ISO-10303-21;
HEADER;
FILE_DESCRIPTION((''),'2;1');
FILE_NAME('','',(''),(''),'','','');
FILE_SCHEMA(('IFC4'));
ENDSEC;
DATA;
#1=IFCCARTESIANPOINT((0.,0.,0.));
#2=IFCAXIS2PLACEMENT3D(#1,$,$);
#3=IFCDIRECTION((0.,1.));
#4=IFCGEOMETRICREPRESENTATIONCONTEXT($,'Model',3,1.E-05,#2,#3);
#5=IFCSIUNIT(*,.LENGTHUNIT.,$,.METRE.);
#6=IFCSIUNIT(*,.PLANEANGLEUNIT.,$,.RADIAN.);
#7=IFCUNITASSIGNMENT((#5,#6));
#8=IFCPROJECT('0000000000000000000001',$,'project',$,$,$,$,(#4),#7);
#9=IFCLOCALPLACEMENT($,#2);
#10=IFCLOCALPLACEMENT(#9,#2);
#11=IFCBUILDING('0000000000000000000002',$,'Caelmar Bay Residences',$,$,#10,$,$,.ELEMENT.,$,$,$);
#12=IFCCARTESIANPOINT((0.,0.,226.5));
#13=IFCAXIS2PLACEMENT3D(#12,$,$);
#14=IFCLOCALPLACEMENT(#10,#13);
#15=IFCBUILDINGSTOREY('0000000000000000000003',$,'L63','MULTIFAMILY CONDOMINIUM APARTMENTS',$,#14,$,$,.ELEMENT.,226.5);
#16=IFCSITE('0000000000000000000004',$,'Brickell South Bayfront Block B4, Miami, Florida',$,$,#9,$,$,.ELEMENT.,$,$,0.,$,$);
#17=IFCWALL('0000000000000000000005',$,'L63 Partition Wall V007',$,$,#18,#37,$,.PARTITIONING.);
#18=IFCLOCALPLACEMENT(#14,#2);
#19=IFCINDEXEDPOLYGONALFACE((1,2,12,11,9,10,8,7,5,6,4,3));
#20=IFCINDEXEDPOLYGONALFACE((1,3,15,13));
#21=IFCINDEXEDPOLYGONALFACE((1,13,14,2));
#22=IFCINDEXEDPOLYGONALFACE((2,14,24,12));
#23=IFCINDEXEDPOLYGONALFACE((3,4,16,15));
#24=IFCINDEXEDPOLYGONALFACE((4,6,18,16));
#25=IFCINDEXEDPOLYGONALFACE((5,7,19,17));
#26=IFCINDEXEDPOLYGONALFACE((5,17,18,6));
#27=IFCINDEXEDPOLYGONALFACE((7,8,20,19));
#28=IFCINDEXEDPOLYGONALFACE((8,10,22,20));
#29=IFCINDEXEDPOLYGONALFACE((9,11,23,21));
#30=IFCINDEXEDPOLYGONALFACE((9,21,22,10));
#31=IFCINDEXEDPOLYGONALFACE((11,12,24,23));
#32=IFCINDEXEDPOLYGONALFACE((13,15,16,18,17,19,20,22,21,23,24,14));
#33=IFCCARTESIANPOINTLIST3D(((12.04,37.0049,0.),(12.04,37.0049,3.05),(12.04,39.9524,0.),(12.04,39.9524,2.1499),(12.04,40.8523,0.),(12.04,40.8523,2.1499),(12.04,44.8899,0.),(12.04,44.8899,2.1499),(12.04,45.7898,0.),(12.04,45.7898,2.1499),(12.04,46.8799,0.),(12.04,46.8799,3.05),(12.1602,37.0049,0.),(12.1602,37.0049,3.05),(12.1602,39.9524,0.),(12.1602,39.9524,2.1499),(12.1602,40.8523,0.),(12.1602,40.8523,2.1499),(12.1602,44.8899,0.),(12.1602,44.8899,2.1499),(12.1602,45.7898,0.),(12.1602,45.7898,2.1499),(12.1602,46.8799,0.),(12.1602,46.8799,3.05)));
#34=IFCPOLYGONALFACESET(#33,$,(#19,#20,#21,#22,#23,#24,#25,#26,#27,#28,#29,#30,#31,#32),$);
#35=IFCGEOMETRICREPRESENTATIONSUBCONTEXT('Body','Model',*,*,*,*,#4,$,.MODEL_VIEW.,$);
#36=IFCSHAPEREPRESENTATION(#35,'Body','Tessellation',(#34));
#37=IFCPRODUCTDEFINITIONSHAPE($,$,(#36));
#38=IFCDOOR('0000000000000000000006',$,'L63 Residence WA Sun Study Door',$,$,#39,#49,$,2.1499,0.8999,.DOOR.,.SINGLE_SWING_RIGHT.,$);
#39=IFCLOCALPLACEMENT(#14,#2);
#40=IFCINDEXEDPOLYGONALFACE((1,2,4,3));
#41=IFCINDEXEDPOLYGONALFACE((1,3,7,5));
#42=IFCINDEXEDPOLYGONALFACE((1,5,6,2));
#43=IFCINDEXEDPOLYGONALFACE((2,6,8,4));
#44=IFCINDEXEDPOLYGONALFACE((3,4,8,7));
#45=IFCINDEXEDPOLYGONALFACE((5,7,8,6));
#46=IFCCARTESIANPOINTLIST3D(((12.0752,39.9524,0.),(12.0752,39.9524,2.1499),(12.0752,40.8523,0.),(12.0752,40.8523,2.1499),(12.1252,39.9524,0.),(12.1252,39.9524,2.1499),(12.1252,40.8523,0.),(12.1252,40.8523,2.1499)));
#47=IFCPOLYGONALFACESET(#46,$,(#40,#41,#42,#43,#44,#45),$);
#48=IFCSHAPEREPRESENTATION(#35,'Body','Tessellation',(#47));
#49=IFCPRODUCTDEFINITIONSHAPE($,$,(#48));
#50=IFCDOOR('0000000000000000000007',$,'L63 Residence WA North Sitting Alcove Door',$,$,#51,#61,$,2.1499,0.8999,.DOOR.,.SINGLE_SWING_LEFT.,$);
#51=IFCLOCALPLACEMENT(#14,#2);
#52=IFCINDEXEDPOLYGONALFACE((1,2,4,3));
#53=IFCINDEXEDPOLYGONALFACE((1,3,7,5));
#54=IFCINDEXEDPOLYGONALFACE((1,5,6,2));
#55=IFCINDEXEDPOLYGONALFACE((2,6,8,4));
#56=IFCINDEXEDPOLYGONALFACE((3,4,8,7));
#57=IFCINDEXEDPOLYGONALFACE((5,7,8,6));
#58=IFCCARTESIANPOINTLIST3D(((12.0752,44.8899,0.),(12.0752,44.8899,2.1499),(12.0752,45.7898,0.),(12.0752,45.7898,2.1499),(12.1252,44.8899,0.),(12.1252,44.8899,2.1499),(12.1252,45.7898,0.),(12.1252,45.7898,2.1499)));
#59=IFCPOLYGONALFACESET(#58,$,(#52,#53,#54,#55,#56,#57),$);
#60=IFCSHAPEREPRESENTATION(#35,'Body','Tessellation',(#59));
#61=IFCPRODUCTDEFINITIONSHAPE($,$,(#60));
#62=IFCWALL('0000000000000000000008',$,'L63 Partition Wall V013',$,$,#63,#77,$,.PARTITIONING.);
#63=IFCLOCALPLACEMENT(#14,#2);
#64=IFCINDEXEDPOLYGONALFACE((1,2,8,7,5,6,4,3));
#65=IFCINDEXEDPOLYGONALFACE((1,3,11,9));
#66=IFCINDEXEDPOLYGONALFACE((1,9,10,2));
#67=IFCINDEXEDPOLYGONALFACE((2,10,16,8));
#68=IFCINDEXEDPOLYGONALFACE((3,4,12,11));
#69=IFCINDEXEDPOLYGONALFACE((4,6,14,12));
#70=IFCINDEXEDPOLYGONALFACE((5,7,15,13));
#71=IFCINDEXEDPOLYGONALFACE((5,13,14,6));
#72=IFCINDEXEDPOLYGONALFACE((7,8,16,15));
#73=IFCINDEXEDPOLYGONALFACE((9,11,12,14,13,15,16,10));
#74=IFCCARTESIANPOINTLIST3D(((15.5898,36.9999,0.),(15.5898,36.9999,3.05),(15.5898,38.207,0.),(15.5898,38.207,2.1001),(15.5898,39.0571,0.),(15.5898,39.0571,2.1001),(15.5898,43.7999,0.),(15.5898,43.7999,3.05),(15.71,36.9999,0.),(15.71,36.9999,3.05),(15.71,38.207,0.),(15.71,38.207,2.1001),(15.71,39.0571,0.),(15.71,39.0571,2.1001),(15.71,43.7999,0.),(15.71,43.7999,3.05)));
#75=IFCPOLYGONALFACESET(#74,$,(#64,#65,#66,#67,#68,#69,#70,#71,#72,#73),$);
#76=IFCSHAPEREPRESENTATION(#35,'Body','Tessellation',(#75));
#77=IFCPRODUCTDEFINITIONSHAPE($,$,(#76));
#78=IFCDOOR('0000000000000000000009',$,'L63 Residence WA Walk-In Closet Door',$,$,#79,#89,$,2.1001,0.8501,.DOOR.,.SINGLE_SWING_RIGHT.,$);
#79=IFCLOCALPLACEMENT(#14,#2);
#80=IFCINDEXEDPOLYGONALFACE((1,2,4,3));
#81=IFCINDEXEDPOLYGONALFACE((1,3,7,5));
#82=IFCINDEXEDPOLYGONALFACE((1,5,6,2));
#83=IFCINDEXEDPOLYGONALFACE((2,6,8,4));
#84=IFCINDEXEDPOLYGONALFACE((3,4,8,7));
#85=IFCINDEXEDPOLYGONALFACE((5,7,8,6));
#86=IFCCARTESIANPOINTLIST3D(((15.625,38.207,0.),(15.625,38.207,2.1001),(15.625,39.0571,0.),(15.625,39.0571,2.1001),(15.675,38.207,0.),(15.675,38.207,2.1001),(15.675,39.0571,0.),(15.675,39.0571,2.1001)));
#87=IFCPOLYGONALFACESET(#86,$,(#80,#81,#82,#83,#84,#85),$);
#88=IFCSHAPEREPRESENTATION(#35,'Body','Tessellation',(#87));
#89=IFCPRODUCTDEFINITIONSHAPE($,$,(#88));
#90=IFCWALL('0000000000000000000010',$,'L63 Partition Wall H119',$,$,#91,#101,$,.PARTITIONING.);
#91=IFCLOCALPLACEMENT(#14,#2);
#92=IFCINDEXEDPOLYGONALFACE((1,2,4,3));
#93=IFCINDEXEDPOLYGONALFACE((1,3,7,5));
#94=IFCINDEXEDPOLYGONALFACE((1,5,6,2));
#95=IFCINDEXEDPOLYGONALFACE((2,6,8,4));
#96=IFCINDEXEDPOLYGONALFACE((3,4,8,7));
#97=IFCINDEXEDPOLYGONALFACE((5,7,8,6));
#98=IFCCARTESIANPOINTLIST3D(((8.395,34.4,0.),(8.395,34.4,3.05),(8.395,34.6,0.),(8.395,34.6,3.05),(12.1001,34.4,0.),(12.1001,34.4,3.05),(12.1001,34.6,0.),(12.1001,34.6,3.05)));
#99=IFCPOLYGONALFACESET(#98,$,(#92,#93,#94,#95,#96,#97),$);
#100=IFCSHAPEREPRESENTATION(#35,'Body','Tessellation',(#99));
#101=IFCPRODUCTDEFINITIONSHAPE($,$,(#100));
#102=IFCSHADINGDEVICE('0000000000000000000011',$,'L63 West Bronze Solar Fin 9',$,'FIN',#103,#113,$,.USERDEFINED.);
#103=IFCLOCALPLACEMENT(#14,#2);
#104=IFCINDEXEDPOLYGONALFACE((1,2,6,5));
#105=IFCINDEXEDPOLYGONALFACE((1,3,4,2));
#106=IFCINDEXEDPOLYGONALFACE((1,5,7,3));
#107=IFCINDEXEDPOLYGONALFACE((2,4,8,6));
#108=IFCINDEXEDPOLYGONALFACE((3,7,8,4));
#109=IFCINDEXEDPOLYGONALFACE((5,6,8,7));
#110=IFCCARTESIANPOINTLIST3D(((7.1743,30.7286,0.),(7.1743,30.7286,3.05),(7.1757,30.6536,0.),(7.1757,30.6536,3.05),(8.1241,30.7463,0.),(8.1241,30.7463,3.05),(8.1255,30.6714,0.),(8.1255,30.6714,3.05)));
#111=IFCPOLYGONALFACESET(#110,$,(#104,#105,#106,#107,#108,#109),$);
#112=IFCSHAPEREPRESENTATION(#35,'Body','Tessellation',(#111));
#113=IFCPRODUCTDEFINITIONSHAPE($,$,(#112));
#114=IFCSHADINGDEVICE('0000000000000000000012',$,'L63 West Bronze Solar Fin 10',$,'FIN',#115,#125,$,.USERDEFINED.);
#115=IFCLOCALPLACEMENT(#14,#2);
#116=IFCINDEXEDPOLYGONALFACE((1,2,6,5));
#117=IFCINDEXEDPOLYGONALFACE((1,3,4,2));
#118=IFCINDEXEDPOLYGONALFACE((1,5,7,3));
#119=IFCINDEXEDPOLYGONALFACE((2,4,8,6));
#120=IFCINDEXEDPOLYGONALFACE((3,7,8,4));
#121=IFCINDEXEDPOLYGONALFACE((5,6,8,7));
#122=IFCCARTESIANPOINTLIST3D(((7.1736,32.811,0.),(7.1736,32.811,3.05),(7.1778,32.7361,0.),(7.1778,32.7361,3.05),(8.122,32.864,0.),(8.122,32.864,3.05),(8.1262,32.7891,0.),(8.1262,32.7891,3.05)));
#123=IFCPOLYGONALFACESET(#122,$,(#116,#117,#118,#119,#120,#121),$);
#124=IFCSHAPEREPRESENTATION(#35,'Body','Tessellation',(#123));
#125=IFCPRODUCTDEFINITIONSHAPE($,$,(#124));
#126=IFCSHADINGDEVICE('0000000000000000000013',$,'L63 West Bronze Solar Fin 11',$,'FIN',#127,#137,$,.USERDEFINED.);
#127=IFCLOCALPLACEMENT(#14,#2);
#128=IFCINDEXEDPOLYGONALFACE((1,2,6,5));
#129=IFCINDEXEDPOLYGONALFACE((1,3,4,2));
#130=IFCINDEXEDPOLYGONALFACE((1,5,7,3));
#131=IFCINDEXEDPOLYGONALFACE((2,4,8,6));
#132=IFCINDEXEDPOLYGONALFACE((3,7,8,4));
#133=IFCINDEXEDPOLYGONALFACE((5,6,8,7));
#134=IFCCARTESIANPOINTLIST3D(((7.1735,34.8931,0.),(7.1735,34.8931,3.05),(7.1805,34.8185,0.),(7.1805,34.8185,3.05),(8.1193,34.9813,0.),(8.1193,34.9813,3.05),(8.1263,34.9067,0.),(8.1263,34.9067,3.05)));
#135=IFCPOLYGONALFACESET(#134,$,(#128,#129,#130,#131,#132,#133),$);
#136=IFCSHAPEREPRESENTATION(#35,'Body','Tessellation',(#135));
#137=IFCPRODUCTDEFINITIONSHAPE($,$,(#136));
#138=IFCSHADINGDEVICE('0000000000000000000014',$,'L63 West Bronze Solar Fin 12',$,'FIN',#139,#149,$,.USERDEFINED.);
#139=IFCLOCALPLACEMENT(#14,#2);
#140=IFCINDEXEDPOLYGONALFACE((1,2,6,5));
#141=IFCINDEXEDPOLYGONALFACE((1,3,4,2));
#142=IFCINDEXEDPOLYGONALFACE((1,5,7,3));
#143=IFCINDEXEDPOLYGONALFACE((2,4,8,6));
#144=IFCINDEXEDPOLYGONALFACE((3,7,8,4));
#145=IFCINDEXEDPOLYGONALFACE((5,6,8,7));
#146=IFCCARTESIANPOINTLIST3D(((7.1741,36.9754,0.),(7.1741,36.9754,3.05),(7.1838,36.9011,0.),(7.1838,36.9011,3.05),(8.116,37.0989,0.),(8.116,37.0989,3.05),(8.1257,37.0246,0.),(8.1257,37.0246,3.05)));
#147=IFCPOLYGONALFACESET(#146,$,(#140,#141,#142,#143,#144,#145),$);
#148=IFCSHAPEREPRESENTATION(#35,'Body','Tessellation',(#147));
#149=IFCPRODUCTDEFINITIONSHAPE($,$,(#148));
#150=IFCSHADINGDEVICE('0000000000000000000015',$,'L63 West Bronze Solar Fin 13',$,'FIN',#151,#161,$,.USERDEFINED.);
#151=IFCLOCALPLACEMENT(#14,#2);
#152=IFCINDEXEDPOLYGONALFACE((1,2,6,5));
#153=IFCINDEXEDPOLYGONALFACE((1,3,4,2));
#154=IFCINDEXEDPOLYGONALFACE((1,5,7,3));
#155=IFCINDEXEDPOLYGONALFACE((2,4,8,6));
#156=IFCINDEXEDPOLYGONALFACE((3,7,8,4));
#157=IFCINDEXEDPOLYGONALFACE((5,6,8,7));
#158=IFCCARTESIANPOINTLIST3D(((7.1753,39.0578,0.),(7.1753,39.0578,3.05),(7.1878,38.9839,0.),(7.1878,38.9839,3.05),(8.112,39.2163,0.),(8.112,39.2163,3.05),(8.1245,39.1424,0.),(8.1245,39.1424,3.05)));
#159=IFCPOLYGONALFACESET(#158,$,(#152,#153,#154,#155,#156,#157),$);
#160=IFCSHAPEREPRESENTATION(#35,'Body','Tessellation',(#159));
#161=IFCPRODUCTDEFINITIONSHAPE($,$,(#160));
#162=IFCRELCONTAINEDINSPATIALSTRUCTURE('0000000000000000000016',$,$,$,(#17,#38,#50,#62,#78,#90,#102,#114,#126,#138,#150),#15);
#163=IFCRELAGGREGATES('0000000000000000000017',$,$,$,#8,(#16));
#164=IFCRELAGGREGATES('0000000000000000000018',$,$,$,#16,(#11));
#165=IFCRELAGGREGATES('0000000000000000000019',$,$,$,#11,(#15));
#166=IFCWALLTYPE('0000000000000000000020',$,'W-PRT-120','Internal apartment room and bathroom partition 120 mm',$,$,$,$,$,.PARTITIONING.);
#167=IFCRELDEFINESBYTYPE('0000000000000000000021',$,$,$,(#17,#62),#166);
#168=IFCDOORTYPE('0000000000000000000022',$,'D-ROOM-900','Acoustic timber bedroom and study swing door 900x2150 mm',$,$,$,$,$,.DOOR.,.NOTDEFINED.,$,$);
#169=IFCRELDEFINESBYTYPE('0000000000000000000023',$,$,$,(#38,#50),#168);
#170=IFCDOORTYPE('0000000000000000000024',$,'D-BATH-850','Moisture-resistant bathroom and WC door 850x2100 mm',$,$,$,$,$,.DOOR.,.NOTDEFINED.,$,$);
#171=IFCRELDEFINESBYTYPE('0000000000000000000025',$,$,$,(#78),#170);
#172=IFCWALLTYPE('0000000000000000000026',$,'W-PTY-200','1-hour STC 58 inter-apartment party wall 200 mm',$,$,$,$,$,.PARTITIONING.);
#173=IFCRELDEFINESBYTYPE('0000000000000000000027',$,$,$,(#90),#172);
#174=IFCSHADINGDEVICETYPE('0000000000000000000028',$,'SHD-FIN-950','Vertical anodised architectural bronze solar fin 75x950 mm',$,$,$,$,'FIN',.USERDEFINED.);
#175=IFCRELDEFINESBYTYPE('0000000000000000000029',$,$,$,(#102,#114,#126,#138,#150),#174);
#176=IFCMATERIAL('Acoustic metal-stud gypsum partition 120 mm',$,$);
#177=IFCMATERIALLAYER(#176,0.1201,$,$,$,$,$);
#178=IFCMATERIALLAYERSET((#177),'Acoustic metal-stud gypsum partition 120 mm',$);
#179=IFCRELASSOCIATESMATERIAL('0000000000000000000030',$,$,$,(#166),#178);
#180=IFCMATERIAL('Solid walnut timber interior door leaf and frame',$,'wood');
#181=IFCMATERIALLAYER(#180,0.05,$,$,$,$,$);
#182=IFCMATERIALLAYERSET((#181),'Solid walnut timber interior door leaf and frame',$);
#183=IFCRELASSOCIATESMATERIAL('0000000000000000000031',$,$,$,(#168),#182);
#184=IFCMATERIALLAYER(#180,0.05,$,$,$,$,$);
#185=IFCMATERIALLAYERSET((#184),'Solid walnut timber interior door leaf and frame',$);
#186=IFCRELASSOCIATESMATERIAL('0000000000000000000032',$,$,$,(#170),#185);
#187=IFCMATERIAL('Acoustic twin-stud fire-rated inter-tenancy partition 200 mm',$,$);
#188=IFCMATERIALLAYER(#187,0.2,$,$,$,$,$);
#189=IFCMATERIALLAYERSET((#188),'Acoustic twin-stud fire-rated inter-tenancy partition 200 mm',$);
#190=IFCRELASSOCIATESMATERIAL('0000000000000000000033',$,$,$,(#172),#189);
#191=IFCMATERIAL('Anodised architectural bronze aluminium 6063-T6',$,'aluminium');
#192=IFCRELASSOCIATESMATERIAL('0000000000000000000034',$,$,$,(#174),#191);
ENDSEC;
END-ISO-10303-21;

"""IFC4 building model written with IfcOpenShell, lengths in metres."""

from ifc_helpers import new_model, si_unit, direction, frame, frame_2d, origin, origin_2d, place, context, subcontext, project, spatial, rectangle, extrude, material, layer, layer_set, material_profile, profile_set, type_object, element, fill, save


model = new_model("IFC4")

# Units and contexts
model_context = context("Model", 3, precision=1e-05, world=origin(), true_north=direction((0.0, 1.0)))
body_context = subcontext(model_context, "Body", "Model", "MODEL_VIEW")
ifc_project = project(units=[si_unit("LENGTHUNIT", "METRE"), si_unit("PLANEANGLEUNIT", "RADIAN")], contexts=[model_context])

# Site, building, storey
site_placement = place(None, origin())
site = spatial("IfcSite", under=ifc_project, at=site_placement, Name="Brickell South Bayfront Block B4, Miami, Florida", CompositionType="ELEMENT", RefElevation=0.0)
building_placement = place(site_placement, origin())
building = spatial("IfcBuilding", under=site, at=building_placement, Name="Caelmar Bay Residences", CompositionType="ELEMENT")
storey_placement = place(building_placement, frame((0.0, 0.0, 226.5)))
storey = spatial("IfcBuildingStorey", under=building, at=storey_placement, Name="L63", Description="MULTIFAMILY CONDOMINIUM APARTMENTS", CompositionType="ELEMENT", Elevation=226.5)

# Wall, openings, doors
ifc_material_1 = material(Name="Acoustic metal-stud gypsum partition 120 mm")
ifc_layer_1 = layer(ifc_material_1, 0.1201)
ifc_layer_set_1 = layer_set([ifc_layer_1], Name="Acoustic metal-stud gypsum partition 120 mm")
wall_type_1 = type_object("IfcWallType", Name="W-PRT-120", Description="Internal apartment room and bathroom partition 120 mm", PredefinedType="PARTITIONING", material=ifc_layer_set_1)
wall_1_placement = place(storey_placement, frame((12.1001, 37.0049, 0.0), z_axis=(0.0, 0.0, 1.0), x_axis=(0.0, 1.0, 0.0)))
wall_1 = element("IfcWall", 1, at=wall_1_placement, inside=storey, type_object=wall_type_1, Name="L63 Partition Wall V007", PredefinedType="PARTITIONING", context=body_context, shape_type="SweptSolid", body=[
    extrude(rectangle(XDim=9.875, YDim=0.1201, at=frame_2d((4.9375, 0.0))), origin(), (0.0, 0.0, 1.0), 3.05),
])
opening_1_placement = place(wall_1_placement, frame((2.9475, 0.0, 0.0)))
opening_1 = element("IfcOpeningElement", 2, at=opening_1_placement, cuts=wall_1, PredefinedType="OPENING", context=body_context, shape_type="SweptSolid", body=[
    extrude(rectangle(XDim=0.8999, YDim=2.1499, at=frame_2d((0.45, 1.075))), frame((0.0, 0.0701, 0.0), z_axis=(0.0, -1.0, 0.0), x_axis=(1.0, 0.0, 0.0)), (0.0, 0.0, 1.0), 0.1401),
])
opening_2_placement = place(wall_1_placement, frame((7.885, 0.0, 0.0)))
opening_2 = element("IfcOpeningElement", 3, at=opening_2_placement, cuts=wall_1, PredefinedType="OPENING", context=body_context, shape_type="SweptSolid", body=[
    extrude(rectangle(XDim=0.8999, YDim=2.1499, at=frame_2d((0.45, 1.075))), frame((0.0, 0.0701, 0.0), z_axis=(0.0, -1.0, 0.0), x_axis=(1.0, 0.0, 0.0)), (0.0, 0.0, 1.0), 0.1401),
])
ifc_material_2 = material(Name="Solid walnut timber interior door leaf and frame", Category="wood")
ifc_layer_2 = layer(ifc_material_2, 0.05)
ifc_layer_set_2 = layer_set([ifc_layer_2], Name="Solid walnut timber interior door leaf and frame")
door_type_1 = type_object("IfcDoorType", Name="D-ROOM-900", Description="Acoustic timber bedroom and study swing door 900x2150 mm", OperationType="NOTDEFINED", PredefinedType="DOOR", material=ifc_layer_set_2)
door_1_placement = place(opening_1_placement, origin())
door_1 = element("IfcDoor", 4, at=door_1_placement, inside=storey, type_object=door_type_1, Name="L63 Residence WA Sun Study Door", OperationType="SINGLE_SWING_RIGHT", OverallHeight=2.1499, OverallWidth=0.8999, PredefinedType="DOOR", context=body_context, shape_type="SweptSolid", body=[
    extrude(rectangle(XDim=0.8999, YDim=2.1499, at=frame_2d((0.45, 1.075))), frame((0.0, 0.0249, 0.0), z_axis=(0.0, -1.0, 0.0), x_axis=(1.0, 0.0, 0.0)), (0.0, 0.0, 1.0), 0.05),
])
fill(opening_1, door_1)
door_2_placement = place(opening_2_placement, origin())
door_2 = element("IfcDoor", 5, at=door_2_placement, inside=storey, type_object=door_type_1, Name="L63 Residence WA North Sitting Alcove Door", OperationType="SINGLE_SWING_LEFT", OverallHeight=2.1499, OverallWidth=0.8999, PredefinedType="DOOR", context=body_context, shape_type="SweptSolid", body=[
    extrude(rectangle(XDim=0.8999, YDim=2.1499, at=frame_2d((0.45, 1.075))), frame((0.0, 0.0249, 0.0), z_axis=(0.0, -1.0, 0.0), x_axis=(1.0, 0.0, 0.0)), (0.0, 0.0, 1.0), 0.05),
])
fill(opening_2, door_2)

# Wall, opening, door
wall_2_placement = place(storey_placement, frame((15.6499, 37.0, 0.0), z_axis=(0.0, 0.0, 1.0), x_axis=(0.0, 1.0, 0.0)))
wall_2 = element("IfcWall", 6, at=wall_2_placement, inside=storey, type_object=wall_type_1, Name="L63 Partition Wall V013", PredefinedType="PARTITIONING", context=body_context, shape_type="SweptSolid", body=[
    extrude(rectangle(XDim=6.8, YDim=0.1201, at=frame_2d((3.3999, 0.0))), origin(), (0.0, 0.0, 1.0), 3.05),
])
opening_3_placement = place(wall_2_placement, frame((1.207, 0.0, 0.0)))
opening_3 = element("IfcOpeningElement", 7, at=opening_3_placement, cuts=wall_2, PredefinedType="OPENING", context=body_context, shape_type="SweptSolid", body=[
    extrude(rectangle(XDim=0.8501, YDim=2.1001, at=frame_2d((0.425, 1.05))), frame((0.0, 0.0701, 0.0), z_axis=(0.0, -1.0, 0.0), x_axis=(1.0, 0.0, 0.0)), (0.0, 0.0, 1.0), 0.1401),
])
ifc_layer_3 = layer(ifc_material_2, 0.05)
ifc_layer_set_3 = layer_set([ifc_layer_3], Name="Solid walnut timber interior door leaf and frame")
door_type_2 = type_object("IfcDoorType", Name="D-BATH-850", Description="Moisture-resistant bathroom and WC door 850x2100 mm", OperationType="NOTDEFINED", PredefinedType="DOOR", material=ifc_layer_set_3)
door_3_placement = place(opening_3_placement, origin())
door_3 = element("IfcDoor", 8, at=door_3_placement, inside=storey, type_object=door_type_2, Name="L63 Residence WA Walk-In Closet Door", OperationType="SINGLE_SWING_RIGHT", OverallHeight=2.1001, OverallWidth=0.8501, PredefinedType="DOOR", context=body_context, shape_type="SweptSolid", body=[
    extrude(rectangle(XDim=0.8501, YDim=2.1001, at=frame_2d((0.425, 1.05))), frame((0.0, 0.0249, 0.0), z_axis=(0.0, -1.0, 0.0), x_axis=(1.0, 0.0, 0.0)), (0.0, 0.0, 1.0), 0.05),
])
fill(opening_3, door_3)

# Wall
ifc_material_3 = material(Name="Acoustic twin-stud fire-rated inter-tenancy partition 200 mm")
ifc_layer_4 = layer(ifc_material_3, 0.2)
ifc_layer_set_4 = layer_set([ifc_layer_4], Name="Acoustic twin-stud fire-rated inter-tenancy partition 200 mm")
wall_type_2 = type_object("IfcWallType", Name="W-PTY-200", Description="1-hour STC 58 inter-apartment party wall 200 mm", PredefinedType="PARTITIONING", material=ifc_layer_set_4)
wall_3_placement = place(storey_placement, frame((8.395, 34.5, 0.0), z_axis=(0.0, 0.0, 1.0), x_axis=(1.0, 0.0, 0.0)))
element("IfcWall", 9, at=wall_3_placement, inside=storey, type_object=wall_type_2, Name="L63 Partition Wall H119", PredefinedType="PARTITIONING", context=body_context, shape_type="SweptSolid", body=[
    extrude(rectangle(XDim=3.7051, YDim=0.2, at=frame_2d((1.8525, 0.0))), origin(), (0.0, 0.0, 1.0), 3.05),
])

# Shading devices
ifc_material_4 = material(Name="Anodised architectural bronze aluminium 6063-T6", Category="aluminium")
ifc_material_profile = material_profile(ifc_material_4, rectangle(XDim=0.075, YDim=0.95, at=origin_2d()), Name="BRONZE-FIN-75X950")
ifc_profile_set = profile_set([ifc_material_profile], Name="Anodised architectural bronze aluminium 6063-T6")
shading_device_type = type_object("IfcShadingDeviceType", Name="SHD-FIN-950", Description="Vertical anodised architectural bronze solar fin 75x950 mm", ElementType="FIN", PredefinedType="USERDEFINED", material=ifc_profile_set)
for number, where, z_axis, x_axis, name in (
    (10, (7.6499, 30.7, 0.0), (0.0, 0.0, 1.0), (-0.018674, 0.999826, 0.0), "L63 West Bronze Solar Fin 9"),
    (11, (7.6499, 32.8, 0.0), (0.0, 0.0, 1.0), (-0.055822, 0.998441, 0.0), "L63 West Bronze Solar Fin 10"),
    (12, (7.6499, 34.8999, 0.0), (0.0, 0.0, 1.0), (-0.092892, 0.995676, 0.0), "L63 West Bronze Solar Fin 11"),
    (13, (7.6499, 37.0, 0.0), (0.0, 0.0, 1.0), (-0.130007, 0.991513, 0.0), "L63 West Bronze Solar Fin 12"),
    (14, (7.6499, 39.1001, 0.0), (0.0, 0.0, 1.0), (-0.166769, 0.985996, 0.0), "L63 West Bronze Solar Fin 13"),
):
    element("IfcShadingDevice", number, at=place(storey_placement, frame(where, z_axis=z_axis, x_axis=x_axis)), inside=storey, type_object=shading_device_type, Name=name, ObjectType="FIN", PredefinedType="USERDEFINED", context=body_context, shape_type="SweptSolid", body=[
        extrude(rectangle(XDim=0.075, YDim=0.95, at=origin_2d()), origin(), (0.0, 0.0, 1.0), 3.05),
    ])

save(model, "model.ifc")
